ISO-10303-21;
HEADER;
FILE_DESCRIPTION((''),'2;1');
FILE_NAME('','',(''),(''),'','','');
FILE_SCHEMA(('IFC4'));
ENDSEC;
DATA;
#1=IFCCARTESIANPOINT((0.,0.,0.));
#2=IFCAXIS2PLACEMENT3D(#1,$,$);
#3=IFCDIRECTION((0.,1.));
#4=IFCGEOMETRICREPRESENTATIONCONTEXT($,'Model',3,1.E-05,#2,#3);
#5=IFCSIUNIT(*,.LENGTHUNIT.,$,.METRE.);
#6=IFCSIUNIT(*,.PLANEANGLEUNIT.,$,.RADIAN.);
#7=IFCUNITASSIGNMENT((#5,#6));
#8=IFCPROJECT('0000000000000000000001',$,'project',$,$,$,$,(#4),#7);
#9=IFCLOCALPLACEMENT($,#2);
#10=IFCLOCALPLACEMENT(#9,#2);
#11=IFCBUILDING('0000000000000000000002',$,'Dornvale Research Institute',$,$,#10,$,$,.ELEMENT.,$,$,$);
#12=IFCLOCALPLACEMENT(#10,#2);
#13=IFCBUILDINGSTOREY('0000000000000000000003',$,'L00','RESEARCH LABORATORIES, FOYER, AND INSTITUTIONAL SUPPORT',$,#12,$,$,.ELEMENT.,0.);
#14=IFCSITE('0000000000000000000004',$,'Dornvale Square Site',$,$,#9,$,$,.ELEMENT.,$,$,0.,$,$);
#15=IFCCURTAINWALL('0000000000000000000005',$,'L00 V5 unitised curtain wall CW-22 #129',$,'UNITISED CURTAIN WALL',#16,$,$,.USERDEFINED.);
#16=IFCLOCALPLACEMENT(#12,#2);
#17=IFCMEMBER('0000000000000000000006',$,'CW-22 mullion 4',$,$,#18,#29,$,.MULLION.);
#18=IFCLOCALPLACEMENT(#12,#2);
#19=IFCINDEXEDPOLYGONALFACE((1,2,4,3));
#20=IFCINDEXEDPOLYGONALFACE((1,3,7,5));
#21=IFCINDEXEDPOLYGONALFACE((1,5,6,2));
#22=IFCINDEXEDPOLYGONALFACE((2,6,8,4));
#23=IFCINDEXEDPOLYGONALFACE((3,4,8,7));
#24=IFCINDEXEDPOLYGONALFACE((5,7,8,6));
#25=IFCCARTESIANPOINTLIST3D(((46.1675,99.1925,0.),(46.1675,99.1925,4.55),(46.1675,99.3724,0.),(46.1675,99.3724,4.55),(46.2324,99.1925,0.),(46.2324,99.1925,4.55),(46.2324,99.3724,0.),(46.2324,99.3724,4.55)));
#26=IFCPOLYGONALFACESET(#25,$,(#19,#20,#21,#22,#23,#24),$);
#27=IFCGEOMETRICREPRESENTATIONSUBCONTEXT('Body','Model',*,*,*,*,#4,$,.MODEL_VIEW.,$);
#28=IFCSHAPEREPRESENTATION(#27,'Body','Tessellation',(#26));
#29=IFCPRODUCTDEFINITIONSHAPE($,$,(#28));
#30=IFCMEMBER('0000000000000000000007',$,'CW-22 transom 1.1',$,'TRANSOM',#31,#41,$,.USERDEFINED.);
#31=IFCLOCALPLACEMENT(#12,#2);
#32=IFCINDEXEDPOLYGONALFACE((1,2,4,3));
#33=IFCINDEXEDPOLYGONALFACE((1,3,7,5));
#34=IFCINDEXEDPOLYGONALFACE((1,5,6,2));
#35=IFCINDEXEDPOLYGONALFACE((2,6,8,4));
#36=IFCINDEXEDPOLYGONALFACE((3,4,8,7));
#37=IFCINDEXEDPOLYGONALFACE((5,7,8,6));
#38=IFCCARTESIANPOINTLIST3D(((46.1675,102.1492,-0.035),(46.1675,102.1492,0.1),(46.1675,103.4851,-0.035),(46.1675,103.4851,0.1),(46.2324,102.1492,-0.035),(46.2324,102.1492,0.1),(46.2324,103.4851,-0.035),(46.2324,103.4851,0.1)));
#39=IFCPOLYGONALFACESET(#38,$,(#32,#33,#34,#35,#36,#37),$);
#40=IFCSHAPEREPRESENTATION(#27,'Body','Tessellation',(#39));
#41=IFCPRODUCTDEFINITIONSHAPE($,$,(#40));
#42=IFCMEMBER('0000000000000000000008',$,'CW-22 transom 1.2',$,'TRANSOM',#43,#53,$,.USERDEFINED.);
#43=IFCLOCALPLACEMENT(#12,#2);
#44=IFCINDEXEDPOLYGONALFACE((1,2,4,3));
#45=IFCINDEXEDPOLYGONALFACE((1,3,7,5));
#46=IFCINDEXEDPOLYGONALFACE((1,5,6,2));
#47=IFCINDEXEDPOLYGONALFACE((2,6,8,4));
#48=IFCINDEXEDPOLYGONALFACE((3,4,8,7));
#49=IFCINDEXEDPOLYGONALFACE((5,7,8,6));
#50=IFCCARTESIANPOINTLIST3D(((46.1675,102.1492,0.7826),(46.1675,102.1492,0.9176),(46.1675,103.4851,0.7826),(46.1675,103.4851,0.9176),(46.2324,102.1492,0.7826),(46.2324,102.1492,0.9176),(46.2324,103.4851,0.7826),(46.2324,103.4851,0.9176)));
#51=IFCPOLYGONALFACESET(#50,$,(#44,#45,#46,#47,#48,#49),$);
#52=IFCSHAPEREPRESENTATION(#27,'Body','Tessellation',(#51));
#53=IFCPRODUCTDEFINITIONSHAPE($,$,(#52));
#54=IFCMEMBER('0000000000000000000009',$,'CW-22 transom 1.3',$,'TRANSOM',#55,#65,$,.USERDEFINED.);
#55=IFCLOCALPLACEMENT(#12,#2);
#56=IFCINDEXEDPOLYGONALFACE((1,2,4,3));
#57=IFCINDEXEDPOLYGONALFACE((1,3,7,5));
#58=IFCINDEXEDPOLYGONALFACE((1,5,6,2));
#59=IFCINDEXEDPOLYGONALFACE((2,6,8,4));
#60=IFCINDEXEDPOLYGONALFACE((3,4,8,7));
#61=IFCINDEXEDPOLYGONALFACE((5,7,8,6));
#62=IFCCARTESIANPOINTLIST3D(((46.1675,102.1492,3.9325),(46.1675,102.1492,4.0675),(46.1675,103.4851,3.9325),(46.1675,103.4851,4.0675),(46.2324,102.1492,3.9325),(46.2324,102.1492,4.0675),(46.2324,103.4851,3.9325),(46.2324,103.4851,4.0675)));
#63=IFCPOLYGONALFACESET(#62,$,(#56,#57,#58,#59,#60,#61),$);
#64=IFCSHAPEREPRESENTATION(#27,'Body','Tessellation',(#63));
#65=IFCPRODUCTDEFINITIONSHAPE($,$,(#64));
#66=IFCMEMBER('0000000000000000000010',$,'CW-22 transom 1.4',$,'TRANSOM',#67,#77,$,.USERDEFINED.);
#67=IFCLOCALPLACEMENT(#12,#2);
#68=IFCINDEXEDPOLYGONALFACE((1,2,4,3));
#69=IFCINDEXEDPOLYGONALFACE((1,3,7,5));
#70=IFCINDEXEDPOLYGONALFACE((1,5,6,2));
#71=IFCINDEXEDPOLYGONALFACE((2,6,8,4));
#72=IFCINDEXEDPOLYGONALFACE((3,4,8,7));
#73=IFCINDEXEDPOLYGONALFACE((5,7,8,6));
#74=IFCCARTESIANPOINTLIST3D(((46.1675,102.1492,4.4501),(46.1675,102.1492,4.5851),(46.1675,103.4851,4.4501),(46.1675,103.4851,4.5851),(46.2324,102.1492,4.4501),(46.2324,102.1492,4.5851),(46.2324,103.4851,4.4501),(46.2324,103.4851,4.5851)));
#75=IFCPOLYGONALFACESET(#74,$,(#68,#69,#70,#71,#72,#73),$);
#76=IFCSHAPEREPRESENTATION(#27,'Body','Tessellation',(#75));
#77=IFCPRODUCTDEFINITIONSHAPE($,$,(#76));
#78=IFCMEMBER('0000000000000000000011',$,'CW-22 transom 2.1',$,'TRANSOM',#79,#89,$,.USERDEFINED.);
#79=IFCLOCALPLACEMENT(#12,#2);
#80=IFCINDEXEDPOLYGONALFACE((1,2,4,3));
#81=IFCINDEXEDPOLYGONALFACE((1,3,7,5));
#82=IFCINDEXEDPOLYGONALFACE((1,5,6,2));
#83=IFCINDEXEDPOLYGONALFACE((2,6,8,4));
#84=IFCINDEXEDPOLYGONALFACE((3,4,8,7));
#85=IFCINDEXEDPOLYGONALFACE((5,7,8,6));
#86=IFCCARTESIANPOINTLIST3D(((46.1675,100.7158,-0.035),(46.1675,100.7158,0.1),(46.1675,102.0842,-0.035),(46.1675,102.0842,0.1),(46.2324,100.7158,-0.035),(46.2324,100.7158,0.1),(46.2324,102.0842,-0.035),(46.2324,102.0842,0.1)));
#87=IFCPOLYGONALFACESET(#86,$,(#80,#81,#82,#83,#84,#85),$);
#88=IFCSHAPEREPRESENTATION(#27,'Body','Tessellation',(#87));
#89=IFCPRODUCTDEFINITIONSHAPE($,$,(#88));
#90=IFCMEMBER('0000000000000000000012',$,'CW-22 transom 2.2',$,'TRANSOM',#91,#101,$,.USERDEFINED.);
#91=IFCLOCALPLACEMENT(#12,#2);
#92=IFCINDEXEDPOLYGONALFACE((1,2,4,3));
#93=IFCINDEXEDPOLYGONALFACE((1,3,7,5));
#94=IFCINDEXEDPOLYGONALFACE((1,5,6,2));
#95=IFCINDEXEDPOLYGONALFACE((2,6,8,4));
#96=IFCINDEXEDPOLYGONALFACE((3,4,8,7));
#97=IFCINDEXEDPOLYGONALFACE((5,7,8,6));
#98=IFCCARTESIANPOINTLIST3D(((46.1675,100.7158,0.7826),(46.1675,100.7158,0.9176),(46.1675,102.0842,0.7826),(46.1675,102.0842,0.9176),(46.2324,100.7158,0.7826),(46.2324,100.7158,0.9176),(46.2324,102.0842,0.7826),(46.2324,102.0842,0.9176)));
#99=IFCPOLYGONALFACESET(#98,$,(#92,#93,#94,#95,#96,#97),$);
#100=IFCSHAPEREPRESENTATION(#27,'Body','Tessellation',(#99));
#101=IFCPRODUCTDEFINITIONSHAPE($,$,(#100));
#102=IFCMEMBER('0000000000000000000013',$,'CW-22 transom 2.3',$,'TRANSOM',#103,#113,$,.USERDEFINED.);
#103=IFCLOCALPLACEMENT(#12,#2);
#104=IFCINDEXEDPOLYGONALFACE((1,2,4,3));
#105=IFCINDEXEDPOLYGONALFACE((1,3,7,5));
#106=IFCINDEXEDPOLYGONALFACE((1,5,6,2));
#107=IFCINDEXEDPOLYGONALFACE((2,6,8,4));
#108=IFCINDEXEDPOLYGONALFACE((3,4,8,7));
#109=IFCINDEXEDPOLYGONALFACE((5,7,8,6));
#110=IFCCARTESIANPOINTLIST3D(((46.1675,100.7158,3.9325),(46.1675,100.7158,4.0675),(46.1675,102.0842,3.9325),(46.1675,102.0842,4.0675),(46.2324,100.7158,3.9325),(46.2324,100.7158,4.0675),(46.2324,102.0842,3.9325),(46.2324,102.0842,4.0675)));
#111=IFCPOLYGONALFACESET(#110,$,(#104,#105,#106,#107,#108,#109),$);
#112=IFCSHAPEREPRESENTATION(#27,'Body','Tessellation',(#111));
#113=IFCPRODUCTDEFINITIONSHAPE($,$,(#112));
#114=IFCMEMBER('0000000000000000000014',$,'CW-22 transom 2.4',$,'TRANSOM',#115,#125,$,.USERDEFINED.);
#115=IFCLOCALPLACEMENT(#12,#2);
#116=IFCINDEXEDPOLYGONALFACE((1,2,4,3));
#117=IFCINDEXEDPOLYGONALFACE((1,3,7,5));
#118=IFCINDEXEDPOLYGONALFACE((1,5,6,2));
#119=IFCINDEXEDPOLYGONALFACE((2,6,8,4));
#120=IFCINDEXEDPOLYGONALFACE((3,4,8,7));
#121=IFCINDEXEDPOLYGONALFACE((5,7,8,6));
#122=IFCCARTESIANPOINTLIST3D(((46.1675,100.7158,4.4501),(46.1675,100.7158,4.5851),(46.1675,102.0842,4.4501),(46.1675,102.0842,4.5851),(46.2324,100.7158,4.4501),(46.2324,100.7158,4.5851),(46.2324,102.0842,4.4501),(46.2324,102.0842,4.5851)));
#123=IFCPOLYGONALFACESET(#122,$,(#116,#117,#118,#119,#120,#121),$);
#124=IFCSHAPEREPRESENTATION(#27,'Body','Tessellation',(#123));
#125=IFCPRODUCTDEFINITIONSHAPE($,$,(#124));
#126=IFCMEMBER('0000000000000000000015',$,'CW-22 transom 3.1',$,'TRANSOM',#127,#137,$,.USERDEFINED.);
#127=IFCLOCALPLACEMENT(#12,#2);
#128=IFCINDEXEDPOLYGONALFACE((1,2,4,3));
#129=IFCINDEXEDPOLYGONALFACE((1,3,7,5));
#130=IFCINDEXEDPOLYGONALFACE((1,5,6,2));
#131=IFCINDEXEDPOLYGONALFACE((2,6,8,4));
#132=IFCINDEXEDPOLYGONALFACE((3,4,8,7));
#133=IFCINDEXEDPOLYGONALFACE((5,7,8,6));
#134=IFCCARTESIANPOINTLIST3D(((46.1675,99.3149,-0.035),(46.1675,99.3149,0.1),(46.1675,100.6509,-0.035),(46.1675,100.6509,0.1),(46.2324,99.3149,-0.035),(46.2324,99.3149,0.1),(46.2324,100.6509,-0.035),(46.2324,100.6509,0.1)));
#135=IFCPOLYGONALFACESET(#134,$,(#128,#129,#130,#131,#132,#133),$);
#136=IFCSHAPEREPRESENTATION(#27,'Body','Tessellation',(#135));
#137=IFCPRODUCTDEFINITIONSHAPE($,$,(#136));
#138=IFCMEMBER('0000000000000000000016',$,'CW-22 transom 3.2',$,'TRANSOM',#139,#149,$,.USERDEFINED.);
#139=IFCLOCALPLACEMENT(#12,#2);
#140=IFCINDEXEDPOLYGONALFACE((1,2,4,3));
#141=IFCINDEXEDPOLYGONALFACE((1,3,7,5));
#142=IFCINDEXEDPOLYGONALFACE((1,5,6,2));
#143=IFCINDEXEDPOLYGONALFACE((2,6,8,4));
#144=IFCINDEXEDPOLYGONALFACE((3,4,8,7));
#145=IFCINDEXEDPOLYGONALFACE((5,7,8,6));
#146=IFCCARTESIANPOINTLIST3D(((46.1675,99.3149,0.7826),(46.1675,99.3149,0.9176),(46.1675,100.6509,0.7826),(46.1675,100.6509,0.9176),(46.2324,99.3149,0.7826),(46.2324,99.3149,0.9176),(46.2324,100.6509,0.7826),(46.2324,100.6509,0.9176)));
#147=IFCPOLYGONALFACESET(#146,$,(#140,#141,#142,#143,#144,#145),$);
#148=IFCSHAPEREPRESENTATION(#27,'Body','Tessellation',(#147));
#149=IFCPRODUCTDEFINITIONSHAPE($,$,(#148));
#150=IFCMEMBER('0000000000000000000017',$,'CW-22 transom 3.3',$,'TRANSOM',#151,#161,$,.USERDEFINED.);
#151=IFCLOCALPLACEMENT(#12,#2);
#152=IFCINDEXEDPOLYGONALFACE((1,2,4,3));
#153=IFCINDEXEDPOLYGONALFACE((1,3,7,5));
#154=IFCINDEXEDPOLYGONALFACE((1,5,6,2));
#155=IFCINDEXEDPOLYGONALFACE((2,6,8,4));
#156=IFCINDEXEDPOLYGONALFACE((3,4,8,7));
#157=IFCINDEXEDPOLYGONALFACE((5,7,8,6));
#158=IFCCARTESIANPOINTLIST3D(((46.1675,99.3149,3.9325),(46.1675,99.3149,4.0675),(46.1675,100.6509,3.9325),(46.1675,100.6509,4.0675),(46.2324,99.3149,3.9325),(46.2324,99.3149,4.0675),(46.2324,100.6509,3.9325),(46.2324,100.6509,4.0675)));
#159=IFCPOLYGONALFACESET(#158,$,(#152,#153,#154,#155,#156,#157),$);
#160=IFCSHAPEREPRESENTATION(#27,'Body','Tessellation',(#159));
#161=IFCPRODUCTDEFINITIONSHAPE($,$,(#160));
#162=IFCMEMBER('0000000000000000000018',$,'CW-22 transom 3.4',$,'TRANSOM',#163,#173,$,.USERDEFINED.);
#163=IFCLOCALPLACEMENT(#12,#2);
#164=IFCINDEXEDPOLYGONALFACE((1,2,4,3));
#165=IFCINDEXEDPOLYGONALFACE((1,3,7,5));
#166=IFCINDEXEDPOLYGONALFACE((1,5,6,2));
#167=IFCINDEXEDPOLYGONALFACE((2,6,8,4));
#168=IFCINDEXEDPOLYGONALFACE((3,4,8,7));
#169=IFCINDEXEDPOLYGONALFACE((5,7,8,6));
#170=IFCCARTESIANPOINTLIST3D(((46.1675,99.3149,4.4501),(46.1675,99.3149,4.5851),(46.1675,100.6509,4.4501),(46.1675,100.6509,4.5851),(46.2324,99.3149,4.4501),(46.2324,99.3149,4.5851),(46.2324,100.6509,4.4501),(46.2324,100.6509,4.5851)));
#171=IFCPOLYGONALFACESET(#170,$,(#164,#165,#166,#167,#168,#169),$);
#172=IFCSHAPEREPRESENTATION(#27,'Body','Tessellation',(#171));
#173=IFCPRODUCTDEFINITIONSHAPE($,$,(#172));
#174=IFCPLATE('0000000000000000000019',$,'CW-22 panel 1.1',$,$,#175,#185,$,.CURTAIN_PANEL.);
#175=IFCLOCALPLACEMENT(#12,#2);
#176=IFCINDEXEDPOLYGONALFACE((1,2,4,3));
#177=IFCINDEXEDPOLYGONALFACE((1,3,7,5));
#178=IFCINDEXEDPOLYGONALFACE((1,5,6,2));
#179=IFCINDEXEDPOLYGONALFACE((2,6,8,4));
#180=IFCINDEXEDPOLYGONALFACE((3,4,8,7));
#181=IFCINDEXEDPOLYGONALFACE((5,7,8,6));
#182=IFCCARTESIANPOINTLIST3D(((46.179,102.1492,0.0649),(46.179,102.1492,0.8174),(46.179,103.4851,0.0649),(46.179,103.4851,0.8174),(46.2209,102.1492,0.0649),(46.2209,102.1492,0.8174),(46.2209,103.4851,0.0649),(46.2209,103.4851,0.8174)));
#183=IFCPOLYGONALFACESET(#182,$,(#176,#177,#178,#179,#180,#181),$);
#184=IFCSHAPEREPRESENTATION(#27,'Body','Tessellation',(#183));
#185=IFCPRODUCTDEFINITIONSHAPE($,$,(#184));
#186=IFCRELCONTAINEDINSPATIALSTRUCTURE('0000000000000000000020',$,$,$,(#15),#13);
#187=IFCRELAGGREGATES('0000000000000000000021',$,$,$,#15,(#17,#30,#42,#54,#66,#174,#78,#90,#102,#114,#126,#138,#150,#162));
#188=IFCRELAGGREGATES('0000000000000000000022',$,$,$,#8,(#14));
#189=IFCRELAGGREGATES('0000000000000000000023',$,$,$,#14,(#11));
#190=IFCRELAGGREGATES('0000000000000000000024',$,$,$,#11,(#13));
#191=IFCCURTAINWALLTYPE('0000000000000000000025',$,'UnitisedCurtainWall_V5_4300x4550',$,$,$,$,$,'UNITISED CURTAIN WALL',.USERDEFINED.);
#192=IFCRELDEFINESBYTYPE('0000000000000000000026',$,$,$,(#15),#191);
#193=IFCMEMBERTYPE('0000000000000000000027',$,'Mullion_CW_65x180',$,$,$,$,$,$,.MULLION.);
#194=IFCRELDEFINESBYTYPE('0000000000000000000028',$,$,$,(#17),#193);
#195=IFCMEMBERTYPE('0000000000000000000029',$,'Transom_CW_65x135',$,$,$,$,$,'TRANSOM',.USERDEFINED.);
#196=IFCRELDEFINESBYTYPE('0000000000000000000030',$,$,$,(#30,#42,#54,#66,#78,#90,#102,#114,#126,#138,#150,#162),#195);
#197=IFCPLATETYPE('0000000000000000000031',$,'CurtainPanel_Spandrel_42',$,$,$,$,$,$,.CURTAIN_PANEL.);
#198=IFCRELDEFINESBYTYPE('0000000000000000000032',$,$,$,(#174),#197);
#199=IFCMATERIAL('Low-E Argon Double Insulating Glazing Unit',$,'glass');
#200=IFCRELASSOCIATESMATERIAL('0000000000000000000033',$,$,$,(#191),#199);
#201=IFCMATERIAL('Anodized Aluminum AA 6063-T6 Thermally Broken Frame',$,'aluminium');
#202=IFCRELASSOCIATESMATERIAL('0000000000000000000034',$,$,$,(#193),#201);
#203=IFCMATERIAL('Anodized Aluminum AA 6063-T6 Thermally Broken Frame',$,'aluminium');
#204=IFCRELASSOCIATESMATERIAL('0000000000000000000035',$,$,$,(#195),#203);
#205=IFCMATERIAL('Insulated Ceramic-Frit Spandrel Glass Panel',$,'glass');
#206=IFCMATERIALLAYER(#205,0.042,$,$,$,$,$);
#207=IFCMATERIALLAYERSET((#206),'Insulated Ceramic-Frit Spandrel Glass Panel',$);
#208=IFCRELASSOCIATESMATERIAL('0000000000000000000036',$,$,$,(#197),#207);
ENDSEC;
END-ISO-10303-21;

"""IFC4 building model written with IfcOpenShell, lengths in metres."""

from ifc_helpers import new_model, si_unit, direction, frame, origin, origin_2d, place, context, subcontext, project, spatial, rectangle, extrude, material, layer, layer_set, material_profile, profile_set, type_object, element, aggregate, save


model = new_model("IFC4")

# Units and contexts
model_context = context("Model", 3, precision=1e-05, world=origin(), true_north=direction((0.0, 1.0)))
body_context = subcontext(model_context, "Body", "Model", "MODEL_VIEW")
ifc_project = project(units=[si_unit("LENGTHUNIT", "METRE"), si_unit("PLANEANGLEUNIT", "RADIAN")], contexts=[model_context])

# Site, building, storey
site_placement = place(None, origin())
site = spatial("IfcSite", under=ifc_project, at=site_placement, Name="Dornvale Square Site", CompositionType="ELEMENT", RefElevation=0.0)
building_placement = place(site_placement, origin())
building = spatial("IfcBuilding", under=site, at=building_placement, Name="Dornvale Research Institute", CompositionType="ELEMENT")
storey_placement = place(building_placement, origin())
storey = spatial("IfcBuildingStorey", under=building, at=storey_placement, Name="L00", Description="RESEARCH LABORATORIES, FOYER, AND INSTITUTIONAL SUPPORT", CompositionType="ELEMENT", Elevation=0.0)

# Curtain wall, members, plate
ifc_material_1 = material(Name="Low-E Argon Double Insulating Glazing Unit", Category="glass")
curtain_wall_type = type_object("IfcCurtainWallType", Name="UnitisedCurtainWall_V5_4300x4550", ElementType="UNITISED CURTAIN WALL", PredefinedType="USERDEFINED", material=ifc_material_1)
curtain_wall_placement = place(storey_placement, origin())
curtain_wall = element("IfcCurtainWall", 1, at=curtain_wall_placement, inside=storey, type_object=curtain_wall_type, Name="L00 V5 unitised curtain wall CW-22 #129", ObjectType="UNITISED CURTAIN WALL", PredefinedType="USERDEFINED")
ifc_material_2 = material(Name="Anodized Aluminum AA 6063-T6 Thermally Broken Frame", Category="aluminium")
ifc_material_profile_1 = material_profile(ifc_material_2, rectangle(XDim=0.0649, YDim=0.1799, at=origin_2d()), Name="ALU MULLION 65x180")
ifc_profile_set_1 = profile_set([ifc_material_profile_1], Name="Anodized Aluminum AA 6063-T6 Thermally Broken Frame")
member_type_1 = type_object("IfcMemberType", Name="Mullion_CW_65x180", PredefinedType="MULLION", material=ifc_profile_set_1)
member_1_placement = place(storey_placement, frame((46.2, 99.2825, 0.0), z_axis=(0.0, 0.0, 1.0), x_axis=(1.0, 0.0, 0.0)))
member_1 = element("IfcMember", 2, at=member_1_placement, type_object=member_type_1, Name="CW-22 mullion 4", PredefinedType="MULLION", context=body_context, shape_type="SweptSolid", body=[
    extrude(rectangle(XDim=0.0649, YDim=0.1799, at=origin_2d()), origin(), (0.0, 0.0, 1.0), 4.55),
])
ifc_material_3 = material(Name="Anodized Aluminum AA 6063-T6 Thermally Broken Frame", Category="aluminium")
ifc_material_profile_2 = material_profile(ifc_material_3, rectangle(XDim=0.0649, YDim=0.135, at=origin_2d()), Name="ALU TRANSOM 65x135")
ifc_profile_set_2 = profile_set([ifc_material_profile_2], Name="Anodized Aluminum AA 6063-T6 Thermally Broken Frame")
member_type_2 = type_object("IfcMemberType", Name="Transom_CW_65x135", ElementType="TRANSOM", PredefinedType="USERDEFINED", material=ifc_profile_set_2)
member_2_placement = place(storey_placement, frame((46.2, 103.4851, 0.0325), z_axis=(0.0, -1.0, 0.0), x_axis=(1.0, 0.0, 0.0)))
member_2 = element("IfcMember", 3, at=member_2_placement, type_object=member_type_2, Name="CW-22 transom 1.1", ObjectType="TRANSOM", PredefinedType="USERDEFINED", context=body_context, shape_type="SweptSolid", body=[
    extrude(rectangle(XDim=0.0649, YDim=0.135, at=origin_2d()), origin(), (0.0, 0.0, 1.0), 1.3359),
])
member_3_placement = place(storey_placement, frame((46.2, 103.4851, 0.8501), z_axis=(0.0, -1.0, 0.0), x_axis=(1.0, 0.0, 0.0)))
member_3 = element("IfcMember", 4, at=member_3_placement, type_object=member_type_2, Name="CW-22 transom 1.2", ObjectType="TRANSOM", PredefinedType="USERDEFINED", context=body_context, shape_type="SweptSolid", body=[
    extrude(rectangle(XDim=0.0649, YDim=0.135, at=origin_2d()), origin(), (0.0, 0.0, 1.0), 1.3359),
])
member_4_placement = place(storey_placement, frame((46.2, 103.4851, 4.0), z_axis=(0.0, -1.0, 0.0), x_axis=(1.0, 0.0, 0.0)))
member_4 = element("IfcMember", 5, at=member_4_placement, type_object=member_type_2, Name="CW-22 transom 1.3", ObjectType="TRANSOM", PredefinedType="USERDEFINED", context=body_context, shape_type="SweptSolid", body=[
    extrude(rectangle(XDim=0.0649, YDim=0.135, at=origin_2d()), origin(), (0.0, 0.0, 1.0), 1.3359),
])
member_5_placement = place(storey_placement, frame((46.2, 103.4851, 4.5176), z_axis=(0.0, -1.0, 0.0), x_axis=(1.0, 0.0, 0.0)))
member_5 = element("IfcMember", 6, at=member_5_placement, type_object=member_type_2, Name="CW-22 transom 1.4", ObjectType="TRANSOM", PredefinedType="USERDEFINED", context=body_context, shape_type="SweptSolid", body=[
    extrude(rectangle(XDim=0.0649, YDim=0.135, at=origin_2d()), origin(), (0.0, 0.0, 1.0), 1.3359),
])
member_6_placement = place(storey_placement, frame((46.2, 102.0842, 0.0325), z_axis=(0.0, -1.0, 0.0), x_axis=(1.0, 0.0, 0.0)))
member_6 = element("IfcMember", 7, at=member_6_placement, type_object=member_type_2, Name="CW-22 transom 2.1", ObjectType="TRANSOM", PredefinedType="USERDEFINED", context=body_context, shape_type="SweptSolid", body=[
    extrude(rectangle(XDim=0.0649, YDim=0.135, at=origin_2d()), origin(), (0.0, 0.0, 1.0), 1.3684),
])
member_7_placement = place(storey_placement, frame((46.2, 102.0842, 0.8501), z_axis=(0.0, -1.0, 0.0), x_axis=(1.0, 0.0, 0.0)))
member_7 = element("IfcMember", 8, at=member_7_placement, type_object=member_type_2, Name="CW-22 transom 2.2", ObjectType="TRANSOM", PredefinedType="USERDEFINED", context=body_context, shape_type="SweptSolid", body=[
    extrude(rectangle(XDim=0.0649, YDim=0.135, at=origin_2d()), origin(), (0.0, 0.0, 1.0), 1.3684),
])
member_8_placement = place(storey_placement, frame((46.2, 102.0842, 4.0), z_axis=(0.0, -1.0, 0.0), x_axis=(1.0, 0.0, 0.0)))
member_8 = element("IfcMember", 9, at=member_8_placement, type_object=member_type_2, Name="CW-22 transom 2.3", ObjectType="TRANSOM", PredefinedType="USERDEFINED", context=body_context, shape_type="SweptSolid", body=[
    extrude(rectangle(XDim=0.0649, YDim=0.135, at=origin_2d()), origin(), (0.0, 0.0, 1.0), 1.3684),
])
member_9_placement = place(storey_placement, frame((46.2, 102.0842, 4.5176), z_axis=(0.0, -1.0, 0.0), x_axis=(1.0, 0.0, 0.0)))
member_9 = element("IfcMember", 10, at=member_9_placement, type_object=member_type_2, Name="CW-22 transom 2.4", ObjectType="TRANSOM", PredefinedType="USERDEFINED", context=body_context, shape_type="SweptSolid", body=[
    extrude(rectangle(XDim=0.0649, YDim=0.135, at=origin_2d()), origin(), (0.0, 0.0, 1.0), 1.3684),
])
member_10_placement = place(storey_placement, frame((46.2, 100.6509, 0.0325), z_axis=(0.0, -1.0, 0.0), x_axis=(1.0, 0.0, 0.0)))
member_10 = element("IfcMember", 11, at=member_10_placement, type_object=member_type_2, Name="CW-22 transom 3.1", ObjectType="TRANSOM", PredefinedType="USERDEFINED", context=body_context, shape_type="SweptSolid", body=[
    extrude(rectangle(XDim=0.0649, YDim=0.135, at=origin_2d()), origin(), (0.0, 0.0, 1.0), 1.3359),
])
member_11_placement = place(storey_placement, frame((46.2, 100.6509, 0.8501), z_axis=(0.0, -1.0, 0.0), x_axis=(1.0, 0.0, 0.0)))
member_11 = element("IfcMember", 12, at=member_11_placement, type_object=member_type_2, Name="CW-22 transom 3.2", ObjectType="TRANSOM", PredefinedType="USERDEFINED", context=body_context, shape_type="SweptSolid", body=[
    extrude(rectangle(XDim=0.0649, YDim=0.135, at=origin_2d()), origin(), (0.0, 0.0, 1.0), 1.3359),
])
member_12_placement = place(storey_placement, frame((46.2, 100.6509, 4.0), z_axis=(0.0, -1.0, 0.0), x_axis=(1.0, 0.0, 0.0)))
member_12 = element("IfcMember", 13, at=member_12_placement, type_object=member_type_2, Name="CW-22 transom 3.3", ObjectType="TRANSOM", PredefinedType="USERDEFINED", context=body_context, shape_type="SweptSolid", body=[
    extrude(rectangle(XDim=0.0649, YDim=0.135, at=origin_2d()), origin(), (0.0, 0.0, 1.0), 1.3359),
])
member_13_placement = place(storey_placement, frame((46.2, 100.6509, 4.5176), z_axis=(0.0, -1.0, 0.0), x_axis=(1.0, 0.0, 0.0)))
member_13 = element("IfcMember", 14, at=member_13_placement, type_object=member_type_2, Name="CW-22 transom 3.4", ObjectType="TRANSOM", PredefinedType="USERDEFINED", context=body_context, shape_type="SweptSolid", body=[
    extrude(rectangle(XDim=0.0649, YDim=0.135, at=origin_2d()), origin(), (0.0, 0.0, 1.0), 1.3359),
])
ifc_material_4 = material(Name="Insulated Ceramic-Frit Spandrel Glass Panel", Category="glass")
ifc_layer_1 = layer(ifc_material_4, 0.042)
ifc_layer_set_1 = layer_set([ifc_layer_1], Name="Insulated Ceramic-Frit Spandrel Glass Panel")
plate_type_1 = type_object("IfcPlateType", Name="CurtainPanel_Spandrel_42", PredefinedType="CURTAIN_PANEL", material=ifc_layer_set_1)
plate_1_placement = place(storey_placement, frame((46.2, 102.8171, 0.0649), z_axis=(0.0, 0.0, 1.0), x_axis=(0.0, -1.0, 0.0)))
plate_1 = element("IfcPlate", 15, at=plate_1_placement, type_object=plate_type_1, Name="CW-22 panel 1.1", PredefinedType="CURTAIN_PANEL", context=body_context, shape_type="SweptSolid", body=[
    extrude(rectangle(XDim=1.3359, YDim=0.042, at=origin_2d()), origin(), (0.0, 0.0, 1.0), 0.7524),
])
aggregate(curtain_wall, [member_1, member_2, member_3, member_4, member_5, plate_1, member_6, member_7, member_8, member_9, member_10, member_11, member_12, member_13])

save(model, "model.ifc")
